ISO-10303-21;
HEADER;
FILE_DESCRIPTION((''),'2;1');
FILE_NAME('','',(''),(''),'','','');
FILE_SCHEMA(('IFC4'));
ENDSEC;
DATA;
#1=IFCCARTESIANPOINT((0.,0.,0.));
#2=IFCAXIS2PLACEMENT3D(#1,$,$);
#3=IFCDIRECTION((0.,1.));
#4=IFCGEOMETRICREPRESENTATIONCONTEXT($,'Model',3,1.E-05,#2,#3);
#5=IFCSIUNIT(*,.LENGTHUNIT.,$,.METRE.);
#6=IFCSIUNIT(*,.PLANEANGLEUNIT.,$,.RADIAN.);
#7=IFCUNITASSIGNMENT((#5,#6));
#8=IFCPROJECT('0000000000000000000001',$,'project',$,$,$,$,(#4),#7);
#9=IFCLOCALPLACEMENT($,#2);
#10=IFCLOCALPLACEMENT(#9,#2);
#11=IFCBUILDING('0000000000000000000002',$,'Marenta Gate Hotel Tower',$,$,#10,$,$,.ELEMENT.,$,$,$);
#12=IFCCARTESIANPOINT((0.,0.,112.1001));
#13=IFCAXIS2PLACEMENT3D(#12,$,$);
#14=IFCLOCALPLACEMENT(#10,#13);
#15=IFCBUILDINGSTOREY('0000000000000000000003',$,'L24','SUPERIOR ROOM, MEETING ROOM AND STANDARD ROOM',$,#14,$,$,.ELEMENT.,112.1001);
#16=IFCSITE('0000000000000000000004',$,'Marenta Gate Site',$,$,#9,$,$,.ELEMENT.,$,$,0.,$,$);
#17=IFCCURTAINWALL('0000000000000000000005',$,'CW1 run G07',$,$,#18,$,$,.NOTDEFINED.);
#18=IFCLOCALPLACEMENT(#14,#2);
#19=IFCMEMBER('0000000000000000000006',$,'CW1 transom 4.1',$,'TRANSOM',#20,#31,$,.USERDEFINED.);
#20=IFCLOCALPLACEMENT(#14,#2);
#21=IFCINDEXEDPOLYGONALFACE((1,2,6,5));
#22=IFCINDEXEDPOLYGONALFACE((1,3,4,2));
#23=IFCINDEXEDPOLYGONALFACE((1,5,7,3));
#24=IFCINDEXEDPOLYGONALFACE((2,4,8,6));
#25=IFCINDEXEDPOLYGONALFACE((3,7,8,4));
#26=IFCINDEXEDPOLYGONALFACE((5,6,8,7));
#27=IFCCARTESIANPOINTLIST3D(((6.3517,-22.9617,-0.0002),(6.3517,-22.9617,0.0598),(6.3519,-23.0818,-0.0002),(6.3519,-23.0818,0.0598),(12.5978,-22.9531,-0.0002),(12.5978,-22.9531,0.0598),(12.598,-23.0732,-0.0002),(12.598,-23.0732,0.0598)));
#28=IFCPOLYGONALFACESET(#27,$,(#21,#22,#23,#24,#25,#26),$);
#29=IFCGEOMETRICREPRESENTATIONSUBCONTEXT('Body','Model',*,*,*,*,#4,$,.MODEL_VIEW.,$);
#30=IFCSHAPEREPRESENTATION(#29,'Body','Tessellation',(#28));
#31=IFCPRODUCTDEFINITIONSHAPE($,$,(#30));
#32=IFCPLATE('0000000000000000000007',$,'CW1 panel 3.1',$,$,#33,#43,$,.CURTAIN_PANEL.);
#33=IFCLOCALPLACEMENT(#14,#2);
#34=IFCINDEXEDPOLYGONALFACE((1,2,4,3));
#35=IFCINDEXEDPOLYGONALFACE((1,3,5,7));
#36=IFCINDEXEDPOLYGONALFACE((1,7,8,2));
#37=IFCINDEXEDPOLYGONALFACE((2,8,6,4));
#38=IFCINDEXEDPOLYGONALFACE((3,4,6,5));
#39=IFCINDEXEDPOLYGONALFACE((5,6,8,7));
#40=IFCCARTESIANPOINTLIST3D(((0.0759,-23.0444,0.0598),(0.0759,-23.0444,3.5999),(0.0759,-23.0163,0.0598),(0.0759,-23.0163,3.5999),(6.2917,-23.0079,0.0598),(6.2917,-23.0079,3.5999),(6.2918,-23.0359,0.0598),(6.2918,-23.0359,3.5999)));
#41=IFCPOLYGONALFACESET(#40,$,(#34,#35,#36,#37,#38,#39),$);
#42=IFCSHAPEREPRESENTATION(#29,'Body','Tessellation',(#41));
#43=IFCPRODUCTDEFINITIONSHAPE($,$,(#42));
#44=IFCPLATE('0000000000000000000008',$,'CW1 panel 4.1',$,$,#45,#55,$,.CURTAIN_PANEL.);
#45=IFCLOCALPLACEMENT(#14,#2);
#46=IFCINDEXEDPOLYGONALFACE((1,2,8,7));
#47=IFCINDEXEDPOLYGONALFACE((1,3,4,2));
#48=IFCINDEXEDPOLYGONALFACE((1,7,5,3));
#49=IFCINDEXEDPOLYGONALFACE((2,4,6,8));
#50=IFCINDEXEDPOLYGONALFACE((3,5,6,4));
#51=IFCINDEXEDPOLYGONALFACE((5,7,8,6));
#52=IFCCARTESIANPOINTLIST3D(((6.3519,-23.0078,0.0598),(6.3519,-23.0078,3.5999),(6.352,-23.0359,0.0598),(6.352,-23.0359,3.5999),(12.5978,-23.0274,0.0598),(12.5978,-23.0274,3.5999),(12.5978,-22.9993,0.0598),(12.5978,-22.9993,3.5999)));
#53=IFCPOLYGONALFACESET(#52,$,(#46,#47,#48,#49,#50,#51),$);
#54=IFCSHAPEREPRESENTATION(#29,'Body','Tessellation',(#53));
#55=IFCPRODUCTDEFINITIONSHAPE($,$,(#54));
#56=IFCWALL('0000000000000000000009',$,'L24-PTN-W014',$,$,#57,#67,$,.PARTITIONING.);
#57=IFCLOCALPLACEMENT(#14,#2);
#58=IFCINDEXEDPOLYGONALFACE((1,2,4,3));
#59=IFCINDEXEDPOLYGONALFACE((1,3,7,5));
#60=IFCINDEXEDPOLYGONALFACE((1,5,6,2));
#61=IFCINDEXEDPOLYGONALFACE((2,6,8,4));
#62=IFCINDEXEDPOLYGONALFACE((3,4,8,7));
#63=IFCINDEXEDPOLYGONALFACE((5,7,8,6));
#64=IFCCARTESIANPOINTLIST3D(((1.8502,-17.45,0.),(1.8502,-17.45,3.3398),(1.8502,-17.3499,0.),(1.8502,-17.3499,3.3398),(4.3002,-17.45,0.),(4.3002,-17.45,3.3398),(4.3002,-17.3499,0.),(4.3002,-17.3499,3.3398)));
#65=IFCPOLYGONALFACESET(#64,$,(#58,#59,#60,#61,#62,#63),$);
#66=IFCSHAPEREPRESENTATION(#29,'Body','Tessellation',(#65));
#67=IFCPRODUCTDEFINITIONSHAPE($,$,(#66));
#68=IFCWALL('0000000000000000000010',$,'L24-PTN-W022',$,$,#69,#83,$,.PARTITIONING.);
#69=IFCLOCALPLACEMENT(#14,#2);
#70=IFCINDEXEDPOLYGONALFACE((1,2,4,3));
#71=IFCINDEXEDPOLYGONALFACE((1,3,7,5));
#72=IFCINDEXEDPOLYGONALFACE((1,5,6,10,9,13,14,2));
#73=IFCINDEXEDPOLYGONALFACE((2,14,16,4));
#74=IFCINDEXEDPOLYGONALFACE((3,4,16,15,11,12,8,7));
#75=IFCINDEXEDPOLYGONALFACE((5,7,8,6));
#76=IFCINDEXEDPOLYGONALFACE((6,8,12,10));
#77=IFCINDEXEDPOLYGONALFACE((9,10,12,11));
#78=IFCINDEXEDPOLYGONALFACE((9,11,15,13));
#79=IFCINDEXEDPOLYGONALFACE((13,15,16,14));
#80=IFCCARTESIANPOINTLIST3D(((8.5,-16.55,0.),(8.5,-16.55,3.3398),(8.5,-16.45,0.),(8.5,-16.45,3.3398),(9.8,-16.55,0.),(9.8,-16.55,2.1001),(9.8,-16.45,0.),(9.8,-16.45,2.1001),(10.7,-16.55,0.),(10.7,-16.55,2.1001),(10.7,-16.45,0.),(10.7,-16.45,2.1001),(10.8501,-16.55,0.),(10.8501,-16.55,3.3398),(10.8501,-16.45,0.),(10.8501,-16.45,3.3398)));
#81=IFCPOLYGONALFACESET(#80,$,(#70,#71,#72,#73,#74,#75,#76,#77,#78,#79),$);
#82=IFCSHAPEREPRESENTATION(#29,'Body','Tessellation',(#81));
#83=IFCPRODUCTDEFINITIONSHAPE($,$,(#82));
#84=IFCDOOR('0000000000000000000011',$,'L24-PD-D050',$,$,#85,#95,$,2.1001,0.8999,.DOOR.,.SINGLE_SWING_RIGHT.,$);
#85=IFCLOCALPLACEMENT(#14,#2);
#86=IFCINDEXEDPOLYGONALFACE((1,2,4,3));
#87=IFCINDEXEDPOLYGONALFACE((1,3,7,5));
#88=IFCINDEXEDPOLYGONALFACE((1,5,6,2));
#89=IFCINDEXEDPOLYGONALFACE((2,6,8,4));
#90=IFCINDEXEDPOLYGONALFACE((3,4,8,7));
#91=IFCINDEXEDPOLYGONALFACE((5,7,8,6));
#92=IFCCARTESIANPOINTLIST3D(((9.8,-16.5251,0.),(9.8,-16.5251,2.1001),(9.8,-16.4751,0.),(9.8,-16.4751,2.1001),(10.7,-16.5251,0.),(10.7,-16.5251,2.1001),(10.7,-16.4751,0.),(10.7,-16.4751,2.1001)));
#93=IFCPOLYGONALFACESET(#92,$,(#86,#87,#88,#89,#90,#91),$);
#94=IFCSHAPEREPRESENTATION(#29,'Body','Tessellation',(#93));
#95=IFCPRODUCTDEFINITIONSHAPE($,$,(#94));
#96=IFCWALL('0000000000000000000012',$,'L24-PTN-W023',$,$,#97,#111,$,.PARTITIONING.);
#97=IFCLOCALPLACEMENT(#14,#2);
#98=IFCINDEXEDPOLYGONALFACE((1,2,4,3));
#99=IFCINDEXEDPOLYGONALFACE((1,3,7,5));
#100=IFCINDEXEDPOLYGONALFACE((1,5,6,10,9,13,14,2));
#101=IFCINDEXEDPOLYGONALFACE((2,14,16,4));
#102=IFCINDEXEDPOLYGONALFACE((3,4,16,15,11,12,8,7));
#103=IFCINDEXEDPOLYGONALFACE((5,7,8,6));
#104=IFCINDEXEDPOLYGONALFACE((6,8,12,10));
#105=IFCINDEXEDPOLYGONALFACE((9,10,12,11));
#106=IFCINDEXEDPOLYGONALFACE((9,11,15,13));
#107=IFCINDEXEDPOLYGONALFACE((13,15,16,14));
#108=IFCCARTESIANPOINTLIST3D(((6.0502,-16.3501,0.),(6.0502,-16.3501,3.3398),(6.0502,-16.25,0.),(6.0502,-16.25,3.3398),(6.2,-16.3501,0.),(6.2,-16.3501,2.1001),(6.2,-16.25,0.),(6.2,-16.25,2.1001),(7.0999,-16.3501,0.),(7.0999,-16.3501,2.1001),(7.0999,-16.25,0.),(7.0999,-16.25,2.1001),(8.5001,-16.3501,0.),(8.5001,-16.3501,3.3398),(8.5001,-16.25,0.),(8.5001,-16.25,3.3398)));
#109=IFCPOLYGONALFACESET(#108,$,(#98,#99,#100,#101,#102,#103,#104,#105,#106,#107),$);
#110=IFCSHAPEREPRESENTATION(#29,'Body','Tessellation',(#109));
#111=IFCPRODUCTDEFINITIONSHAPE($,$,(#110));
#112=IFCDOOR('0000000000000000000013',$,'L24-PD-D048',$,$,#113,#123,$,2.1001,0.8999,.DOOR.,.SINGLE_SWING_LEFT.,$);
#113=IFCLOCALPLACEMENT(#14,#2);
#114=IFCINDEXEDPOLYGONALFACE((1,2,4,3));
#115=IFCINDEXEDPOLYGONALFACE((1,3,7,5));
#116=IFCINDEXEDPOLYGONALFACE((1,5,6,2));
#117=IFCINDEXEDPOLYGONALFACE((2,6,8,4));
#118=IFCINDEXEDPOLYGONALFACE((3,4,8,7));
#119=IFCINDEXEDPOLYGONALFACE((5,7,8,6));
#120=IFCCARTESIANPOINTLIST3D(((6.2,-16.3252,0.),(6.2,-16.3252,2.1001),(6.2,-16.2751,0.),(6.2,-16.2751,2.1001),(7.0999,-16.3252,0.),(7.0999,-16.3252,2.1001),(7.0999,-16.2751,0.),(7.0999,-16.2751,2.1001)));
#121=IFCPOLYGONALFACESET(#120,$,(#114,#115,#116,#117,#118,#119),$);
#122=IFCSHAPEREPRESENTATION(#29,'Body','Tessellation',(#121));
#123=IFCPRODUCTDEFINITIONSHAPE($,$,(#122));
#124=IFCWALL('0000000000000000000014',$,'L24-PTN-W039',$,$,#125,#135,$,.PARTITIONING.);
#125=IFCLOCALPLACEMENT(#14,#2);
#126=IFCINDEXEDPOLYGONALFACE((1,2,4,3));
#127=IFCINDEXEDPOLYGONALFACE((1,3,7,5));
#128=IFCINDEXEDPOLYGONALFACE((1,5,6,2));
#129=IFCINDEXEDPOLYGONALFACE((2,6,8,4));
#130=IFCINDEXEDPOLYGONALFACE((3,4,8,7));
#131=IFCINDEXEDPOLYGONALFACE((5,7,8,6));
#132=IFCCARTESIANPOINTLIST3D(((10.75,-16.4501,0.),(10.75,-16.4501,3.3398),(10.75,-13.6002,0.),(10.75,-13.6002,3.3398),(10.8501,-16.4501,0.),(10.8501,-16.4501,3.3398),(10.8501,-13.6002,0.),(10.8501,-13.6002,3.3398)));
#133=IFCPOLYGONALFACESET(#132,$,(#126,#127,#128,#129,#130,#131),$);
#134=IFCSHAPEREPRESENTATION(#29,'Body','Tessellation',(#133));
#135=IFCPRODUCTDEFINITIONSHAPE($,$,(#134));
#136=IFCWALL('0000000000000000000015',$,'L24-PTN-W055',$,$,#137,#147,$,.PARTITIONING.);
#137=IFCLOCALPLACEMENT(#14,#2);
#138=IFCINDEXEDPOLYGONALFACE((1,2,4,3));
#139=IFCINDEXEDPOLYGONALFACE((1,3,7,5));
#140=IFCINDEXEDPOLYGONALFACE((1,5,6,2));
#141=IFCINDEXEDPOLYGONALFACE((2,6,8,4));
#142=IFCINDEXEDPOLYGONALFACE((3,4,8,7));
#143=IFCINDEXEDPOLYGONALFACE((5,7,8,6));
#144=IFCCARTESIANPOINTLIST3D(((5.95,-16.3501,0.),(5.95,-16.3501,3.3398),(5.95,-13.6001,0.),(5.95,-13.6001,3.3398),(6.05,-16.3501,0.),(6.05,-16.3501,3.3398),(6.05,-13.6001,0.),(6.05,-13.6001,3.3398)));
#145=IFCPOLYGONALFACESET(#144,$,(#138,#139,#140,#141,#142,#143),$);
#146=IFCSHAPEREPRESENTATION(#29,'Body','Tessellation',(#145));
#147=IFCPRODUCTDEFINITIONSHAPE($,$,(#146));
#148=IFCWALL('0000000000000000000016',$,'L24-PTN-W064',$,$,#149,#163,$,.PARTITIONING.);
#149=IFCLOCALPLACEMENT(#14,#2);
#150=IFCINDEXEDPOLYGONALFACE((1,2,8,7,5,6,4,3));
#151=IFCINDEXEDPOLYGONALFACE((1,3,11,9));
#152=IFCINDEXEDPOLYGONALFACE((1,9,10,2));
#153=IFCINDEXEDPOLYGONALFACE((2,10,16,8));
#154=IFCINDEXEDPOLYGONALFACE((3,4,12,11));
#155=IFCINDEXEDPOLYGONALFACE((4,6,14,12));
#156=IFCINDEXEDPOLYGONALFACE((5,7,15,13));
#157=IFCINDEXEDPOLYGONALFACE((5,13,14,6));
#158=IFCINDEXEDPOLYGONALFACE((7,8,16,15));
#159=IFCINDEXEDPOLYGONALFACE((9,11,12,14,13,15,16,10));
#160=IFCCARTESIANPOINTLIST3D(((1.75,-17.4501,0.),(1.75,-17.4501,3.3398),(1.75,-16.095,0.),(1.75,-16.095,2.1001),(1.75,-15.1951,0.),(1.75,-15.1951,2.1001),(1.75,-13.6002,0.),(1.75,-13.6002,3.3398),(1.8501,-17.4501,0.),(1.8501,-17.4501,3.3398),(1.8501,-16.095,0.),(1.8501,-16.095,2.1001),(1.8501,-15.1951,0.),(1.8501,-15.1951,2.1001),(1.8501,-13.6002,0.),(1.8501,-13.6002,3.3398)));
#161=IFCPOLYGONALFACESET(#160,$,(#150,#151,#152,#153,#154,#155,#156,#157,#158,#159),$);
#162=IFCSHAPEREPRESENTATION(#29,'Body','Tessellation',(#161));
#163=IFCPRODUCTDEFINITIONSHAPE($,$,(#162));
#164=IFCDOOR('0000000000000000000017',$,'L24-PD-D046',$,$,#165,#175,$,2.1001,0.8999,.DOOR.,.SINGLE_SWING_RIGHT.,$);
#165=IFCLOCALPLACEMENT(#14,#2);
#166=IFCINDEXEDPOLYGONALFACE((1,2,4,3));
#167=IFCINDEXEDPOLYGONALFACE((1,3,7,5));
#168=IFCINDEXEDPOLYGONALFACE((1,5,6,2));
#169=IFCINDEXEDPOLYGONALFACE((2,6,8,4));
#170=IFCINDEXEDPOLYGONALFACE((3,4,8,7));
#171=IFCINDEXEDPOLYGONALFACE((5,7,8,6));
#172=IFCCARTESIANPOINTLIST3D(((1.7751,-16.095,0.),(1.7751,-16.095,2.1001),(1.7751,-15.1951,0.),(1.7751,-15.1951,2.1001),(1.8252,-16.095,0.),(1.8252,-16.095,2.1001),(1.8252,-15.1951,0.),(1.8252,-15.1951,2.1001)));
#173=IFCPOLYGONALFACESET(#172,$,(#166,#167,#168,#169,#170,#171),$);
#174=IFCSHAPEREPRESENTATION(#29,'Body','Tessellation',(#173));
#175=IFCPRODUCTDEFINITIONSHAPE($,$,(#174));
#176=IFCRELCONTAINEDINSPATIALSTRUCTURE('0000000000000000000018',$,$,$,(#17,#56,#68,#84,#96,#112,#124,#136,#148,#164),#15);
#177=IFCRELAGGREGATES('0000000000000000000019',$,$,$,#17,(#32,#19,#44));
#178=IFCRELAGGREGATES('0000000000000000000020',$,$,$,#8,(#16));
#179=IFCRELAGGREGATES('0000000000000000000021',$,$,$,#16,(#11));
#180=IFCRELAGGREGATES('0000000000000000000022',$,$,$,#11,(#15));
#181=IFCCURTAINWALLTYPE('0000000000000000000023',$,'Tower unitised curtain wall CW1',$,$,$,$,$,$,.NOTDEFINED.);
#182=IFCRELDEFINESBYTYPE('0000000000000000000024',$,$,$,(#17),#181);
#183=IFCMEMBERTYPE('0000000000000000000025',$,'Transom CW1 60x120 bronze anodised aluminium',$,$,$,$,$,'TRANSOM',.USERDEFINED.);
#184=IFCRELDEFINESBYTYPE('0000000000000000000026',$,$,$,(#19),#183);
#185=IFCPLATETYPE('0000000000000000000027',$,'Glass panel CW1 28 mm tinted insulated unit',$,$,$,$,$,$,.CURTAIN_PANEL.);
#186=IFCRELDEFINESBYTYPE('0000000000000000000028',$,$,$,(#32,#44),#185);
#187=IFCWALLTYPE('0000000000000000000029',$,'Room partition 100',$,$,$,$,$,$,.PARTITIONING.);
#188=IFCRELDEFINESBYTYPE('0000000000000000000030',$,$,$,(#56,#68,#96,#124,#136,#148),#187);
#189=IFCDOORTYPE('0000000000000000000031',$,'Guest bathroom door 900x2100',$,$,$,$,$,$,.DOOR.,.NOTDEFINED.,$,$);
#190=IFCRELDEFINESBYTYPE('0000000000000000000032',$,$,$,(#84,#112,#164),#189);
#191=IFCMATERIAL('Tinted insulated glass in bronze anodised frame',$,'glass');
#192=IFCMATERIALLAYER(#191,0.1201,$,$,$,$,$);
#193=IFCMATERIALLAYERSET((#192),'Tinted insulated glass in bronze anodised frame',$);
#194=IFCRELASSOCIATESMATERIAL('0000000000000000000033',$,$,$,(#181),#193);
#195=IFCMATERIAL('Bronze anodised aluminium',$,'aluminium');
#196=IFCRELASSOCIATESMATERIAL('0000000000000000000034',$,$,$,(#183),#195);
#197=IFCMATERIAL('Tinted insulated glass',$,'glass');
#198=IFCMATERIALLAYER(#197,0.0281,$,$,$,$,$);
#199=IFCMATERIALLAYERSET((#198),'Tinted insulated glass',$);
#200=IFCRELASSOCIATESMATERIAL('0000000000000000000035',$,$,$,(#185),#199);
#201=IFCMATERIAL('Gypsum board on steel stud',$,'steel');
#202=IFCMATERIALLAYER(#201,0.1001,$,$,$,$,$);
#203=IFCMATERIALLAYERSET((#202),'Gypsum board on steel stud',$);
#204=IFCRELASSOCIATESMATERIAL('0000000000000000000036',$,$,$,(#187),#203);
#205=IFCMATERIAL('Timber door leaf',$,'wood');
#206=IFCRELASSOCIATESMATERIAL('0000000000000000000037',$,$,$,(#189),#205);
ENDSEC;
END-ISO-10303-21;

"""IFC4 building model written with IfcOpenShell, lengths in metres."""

from ifc_helpers import new_model, si_unit, direction, frame, frame_2d, origin, origin_2d, place, context, subcontext, project, spatial, rectangle, extrude, material, layer, layer_set, material_profile, profile_set, type_object, element, fill, aggregate, save


model = new_model("IFC4")

# Units and contexts
model_context = context("Model", 3, precision=1e-05, world=origin(), true_north=direction((0.0, 1.0)))
body_context = subcontext(model_context, "Body", "Model", "MODEL_VIEW")
ifc_project = project(units=[si_unit("LENGTHUNIT", "METRE"), si_unit("PLANEANGLEUNIT", "RADIAN")], contexts=[model_context])

# Site, building, storey
site_placement = place(None, origin())
site = spatial("IfcSite", under=ifc_project, at=site_placement, Name="Marenta Gate Site", CompositionType="ELEMENT", RefElevation=0.0)
building_placement = place(site_placement, origin())
building = spatial("IfcBuilding", under=site, at=building_placement, Name="Marenta Gate Hotel Tower", CompositionType="ELEMENT")
storey_placement = place(building_placement, frame((0.0, 0.0, 112.1001)))
storey = spatial("IfcBuildingStorey", under=building, at=storey_placement, Name="L24", Description="SUPERIOR ROOM, MEETING ROOM AND STANDARD ROOM", CompositionType="ELEMENT", Elevation=112.1001)

# Curtain wall, member, plates
ifc_material_1 = material(Name="Tinted insulated glass in bronze anodised frame", Category="glass")
ifc_layer_1 = layer(ifc_material_1, 0.1201)
ifc_layer_set_1 = layer_set([ifc_layer_1], Name="Tinted insulated glass in bronze anodised frame")
curtain_wall_type = type_object("IfcCurtainWallType", Name="Tower unitised curtain wall CW1", PredefinedType="NOTDEFINED", material=ifc_layer_set_1)
curtain_wall_placement = place(storey_placement, origin())
curtain_wall = element("IfcCurtainWall", 1, at=curtain_wall_placement, inside=storey, type_object=curtain_wall_type, Name="CW1 run G07", PredefinedType="NOTDEFINED")
ifc_material_2 = material(Name="Bronze anodised aluminium", Category="aluminium")
ifc_material_profile_1 = material_profile(ifc_material_2, rectangle(XDim=0.1201, YDim=0.0601, at=origin_2d()), Name="Transom CW1 60x120 bronze anodised aluminium")
ifc_profile_set_1 = profile_set([ifc_material_profile_1], Name="Bronze anodised aluminium")
member_type_1 = type_object("IfcMemberType", Name="Transom CW1 60x120 bronze anodised aluminium", ElementType="TRANSOM", PredefinedType="USERDEFINED", material=ifc_profile_set_1)
member_1_placement = place(storey_placement, frame((6.3518, -23.0217, 0.0298), z_axis=(0.999999, 0.001368, 0.0), x_axis=(-0.001368, 0.999999, 0.0)))
member_1 = element("IfcMember", 2, at=member_1_placement, type_object=member_type_1, Name="CW1 transom 4.1", ObjectType="TRANSOM", PredefinedType="USERDEFINED", context=body_context, shape_type="SweptSolid", body=[
    extrude(rectangle(XDim=0.1201, YDim=0.0601, at=origin_2d()), origin(), (0.0, 0.0, 1.0), 6.2461),
])
ifc_material_3 = material(Name="Tinted insulated glass", Category="glass")
ifc_layer_2 = layer(ifc_material_3, 0.0281)
ifc_layer_set_2 = layer_set([ifc_layer_2], Name="Tinted insulated glass")
plate_type = type_object("IfcPlateType", Name="Glass panel CW1 28 mm tinted insulated unit", PredefinedType="CURTAIN_PANEL", material=ifc_layer_set_2)
plate_1_placement = place(storey_placement, frame((3.1838, -23.0261, 0.0598), z_axis=(0.0, 0.0, 1.0), x_axis=(0.999999, 0.001362, 0.0)))
plate_1 = element("IfcPlate", 3, at=plate_1_placement, type_object=plate_type, Name="CW1 panel 3.1", PredefinedType="CURTAIN_PANEL", context=body_context, shape_type="SweptSolid", body=[
    extrude(rectangle(XDim=6.2158, YDim=0.0281, at=origin_2d()), origin(), (0.0, 0.0, 1.0), 3.54),
])
plate_2_placement = place(storey_placement, frame((9.4749, -23.0176, 0.0598), z_axis=(0.0, 0.0, 1.0), x_axis=(0.999999, 0.001362, 0.0)))
plate_2 = element("IfcPlate", 4, at=plate_2_placement, type_object=plate_type, Name="CW1 panel 4.1", PredefinedType="CURTAIN_PANEL", context=body_context, shape_type="SweptSolid", body=[
    extrude(rectangle(XDim=6.2458, YDim=0.0281, at=origin_2d()), origin(), (0.0, 0.0, 1.0), 3.54),
])
aggregate(curtain_wall, [plate_1, member_1, plate_2])

# Wall
ifc_material_4 = material(Name="Gypsum board on steel stud", Category="steel")
ifc_layer_3 = layer(ifc_material_4, 0.1001)
ifc_layer_set_3 = layer_set([ifc_layer_3], Name="Gypsum board on steel stud")
wall_type_1 = type_object("IfcWallType", Name="Room partition 100", PredefinedType="PARTITIONING", material=ifc_layer_set_3)
wall_1_placement = place(storey_placement, frame((1.8501, -17.3999, 0.0), z_axis=(0.0, 0.0, 1.0), x_axis=(1.0, 0.0, 0.0)))
element("IfcWall", 5, at=wall_1_placement, inside=storey, type_object=wall_type_1, Name="L24-PTN-W014", PredefinedType="PARTITIONING", context=body_context, shape_type="SweptSolid", body=[
    extrude(rectangle(XDim=2.45, YDim=0.1001, at=frame_2d((1.2251, 0.0))), origin(), (0.0, 0.0, 1.0), 3.3398),
])

# Walls, openings, doors
wall_2_placement = place(storey_placement, frame((8.5, -16.5, 0.0), z_axis=(0.0, 0.0, 1.0), x_axis=(1.0, 0.0, 0.0)))
wall_2 = element("IfcWall", 6, at=wall_2_placement, inside=storey, type_object=wall_type_1, Name="L24-PTN-W022", PredefinedType="PARTITIONING", context=body_context, shape_type="SweptSolid", body=[
    extrude(rectangle(XDim=2.3501, YDim=0.1001, at=frame_2d((1.175, 0.0))), origin(), (0.0, 0.0, 1.0), 3.3398),
])
opening_1_placement = place(wall_2_placement, frame((1.3, 0.0, 0.0)))
opening_1 = element("IfcOpeningElement", 7, at=opening_1_placement, cuts=wall_2, PredefinedType="OPENING", context=body_context, shape_type="SweptSolid", body=[
    extrude(rectangle(XDim=0.8999, YDim=2.1001, at=frame_2d((0.45, 1.05))), frame((0.0, 0.05, 0.0), z_axis=(0.0, -1.0, 0.0), x_axis=(1.0, 0.0, 0.0)), (0.0, 0.0, 1.0), 0.1001),
])
ifc_material_5 = material(Name="Timber door leaf", Category="wood")
door_type = type_object("IfcDoorType", Name="Guest bathroom door 900x2100", OperationType="NOTDEFINED", PredefinedType="DOOR", material=ifc_material_5)
door_1_placement = place(opening_1_placement, origin())
door_1 = element("IfcDoor", 8, at=door_1_placement, inside=storey, type_object=door_type, Name="L24-PD-D050", OperationType="SINGLE_SWING_RIGHT", OverallHeight=2.1001, OverallWidth=0.8999, PredefinedType="DOOR", context=body_context, shape_type="SweptSolid", body=[
    extrude(rectangle(XDim=0.8999, YDim=2.1001, at=frame_2d((0.45, 1.05))), frame((0.0, 0.0249, 0.0), z_axis=(0.0, -1.0, 0.0), x_axis=(1.0, 0.0, 0.0)), (0.0, 0.0, 1.0), 0.05),
])
fill(opening_1, door_1)
wall_3_placement = place(storey_placement, frame((6.05, -16.3, 0.0), z_axis=(0.0, 0.0, 1.0), x_axis=(1.0, 0.0, 0.0)))
wall_3 = element("IfcWall", 9, at=wall_3_placement, inside=storey, type_object=wall_type_1, Name="L24-PTN-W023", PredefinedType="PARTITIONING", context=body_context, shape_type="SweptSolid", body=[
    extrude(rectangle(XDim=2.45, YDim=0.1001, at=frame_2d((1.2251, 0.0))), origin(), (0.0, 0.0, 1.0), 3.3398),
])
opening_2_placement = place(wall_3_placement, frame((0.1499, 0.0, 0.0)))
opening_2 = element("IfcOpeningElement", 10, at=opening_2_placement, cuts=wall_3, PredefinedType="OPENING", context=body_context, shape_type="SweptSolid", body=[
    extrude(rectangle(XDim=0.8999, YDim=2.1001, at=frame_2d((0.45, 1.05))), frame((0.0, 0.05, 0.0), z_axis=(0.0, -1.0, 0.0), x_axis=(1.0, 0.0, 0.0)), (0.0, 0.0, 1.0), 0.1001),
])
door_2_placement = place(opening_2_placement, origin())
door_2 = element("IfcDoor", 11, at=door_2_placement, inside=storey, type_object=door_type, Name="L24-PD-D048", OperationType="SINGLE_SWING_LEFT", OverallHeight=2.1001, OverallWidth=0.8999, PredefinedType="DOOR", context=body_context, shape_type="SweptSolid", body=[
    extrude(rectangle(XDim=0.8999, YDim=2.1001, at=frame_2d((0.45, 1.05))), frame((0.0, 0.0249, 0.0), z_axis=(0.0, -1.0, 0.0), x_axis=(1.0, 0.0, 0.0)), (0.0, 0.0, 1.0), 0.05),
])
fill(opening_2, door_2)

# Walls
wall_4_placement = place(storey_placement, frame((10.8, -16.45, 0.0), z_axis=(0.0, 0.0, 1.0), x_axis=(0.0, 1.0, 0.0)))
element("IfcWall", 12, at=wall_4_placement, inside=storey, type_object=wall_type_1, Name="L24-PTN-W039", PredefinedType="PARTITIONING", context=body_context, shape_type="SweptSolid", body=[
    extrude(rectangle(XDim=2.8499, YDim=0.1001, at=frame_2d((1.4248, 0.0))), origin(), (0.0, 0.0, 1.0), 3.3398),
])
wall_5_placement = place(storey_placement, frame((6.0, -16.3501, 0.0), z_axis=(0.0, 0.0, 1.0), x_axis=(0.0, 1.0, 0.0)))
element("IfcWall", 13, at=wall_5_placement, inside=storey, type_object=wall_type_1, Name="L24-PTN-W055", PredefinedType="PARTITIONING", context=body_context, shape_type="SweptSolid", body=[
    extrude(rectangle(XDim=2.75, YDim=0.1001, at=frame_2d((1.375, 0.0))), origin(), (0.0, 0.0, 1.0), 3.3398),
])

# Wall, opening, door
wall_6_placement = place(storey_placement, frame((1.8, -17.45, 0.0), z_axis=(0.0, 0.0, 1.0), x_axis=(0.0, 1.0, 0.0)))
wall_6 = element("IfcWall", 14, at=wall_6_placement, inside=storey, type_object=wall_type_1, Name="L24-PTN-W064", PredefinedType="PARTITIONING", context=body_context, shape_type="SweptSolid", body=[
    extrude(rectangle(XDim=3.8499, YDim=0.1001, at=frame_2d((1.9248, 0.0))), origin(), (0.0, 0.0, 1.0), 3.3398),
])
opening_3_placement = place(wall_6_placement, frame((1.355, 0.0, 0.0)))
opening_3 = element("IfcOpeningElement", 15, at=opening_3_placement, cuts=wall_6, PredefinedType="OPENING", context=body_context, shape_type="SweptSolid", body=[
    extrude(rectangle(XDim=0.8999, YDim=2.1001, at=frame_2d((0.45, 1.05))), frame((0.0, 0.05, 0.0), z_axis=(0.0, -1.0, 0.0), x_axis=(1.0, 0.0, 0.0)), (0.0, 0.0, 1.0), 0.1001),
])
door_3_placement = place(opening_3_placement, origin())
door_3 = element("IfcDoor", 16, at=door_3_placement, inside=storey, type_object=door_type, Name="L24-PD-D046", OperationType="SINGLE_SWING_RIGHT", OverallHeight=2.1001, OverallWidth=0.8999, PredefinedType="DOOR", context=body_context, shape_type="SweptSolid", body=[
    extrude(rectangle(XDim=0.8999, YDim=2.1001, at=frame_2d((0.45, 1.05))), frame((0.0, 0.0249, 0.0), z_axis=(0.0, -1.0, 0.0), x_axis=(1.0, 0.0, 0.0)), (0.0, 0.0, 1.0), 0.05),
])
fill(opening_3, door_3)

save(model, "model.ifc")
